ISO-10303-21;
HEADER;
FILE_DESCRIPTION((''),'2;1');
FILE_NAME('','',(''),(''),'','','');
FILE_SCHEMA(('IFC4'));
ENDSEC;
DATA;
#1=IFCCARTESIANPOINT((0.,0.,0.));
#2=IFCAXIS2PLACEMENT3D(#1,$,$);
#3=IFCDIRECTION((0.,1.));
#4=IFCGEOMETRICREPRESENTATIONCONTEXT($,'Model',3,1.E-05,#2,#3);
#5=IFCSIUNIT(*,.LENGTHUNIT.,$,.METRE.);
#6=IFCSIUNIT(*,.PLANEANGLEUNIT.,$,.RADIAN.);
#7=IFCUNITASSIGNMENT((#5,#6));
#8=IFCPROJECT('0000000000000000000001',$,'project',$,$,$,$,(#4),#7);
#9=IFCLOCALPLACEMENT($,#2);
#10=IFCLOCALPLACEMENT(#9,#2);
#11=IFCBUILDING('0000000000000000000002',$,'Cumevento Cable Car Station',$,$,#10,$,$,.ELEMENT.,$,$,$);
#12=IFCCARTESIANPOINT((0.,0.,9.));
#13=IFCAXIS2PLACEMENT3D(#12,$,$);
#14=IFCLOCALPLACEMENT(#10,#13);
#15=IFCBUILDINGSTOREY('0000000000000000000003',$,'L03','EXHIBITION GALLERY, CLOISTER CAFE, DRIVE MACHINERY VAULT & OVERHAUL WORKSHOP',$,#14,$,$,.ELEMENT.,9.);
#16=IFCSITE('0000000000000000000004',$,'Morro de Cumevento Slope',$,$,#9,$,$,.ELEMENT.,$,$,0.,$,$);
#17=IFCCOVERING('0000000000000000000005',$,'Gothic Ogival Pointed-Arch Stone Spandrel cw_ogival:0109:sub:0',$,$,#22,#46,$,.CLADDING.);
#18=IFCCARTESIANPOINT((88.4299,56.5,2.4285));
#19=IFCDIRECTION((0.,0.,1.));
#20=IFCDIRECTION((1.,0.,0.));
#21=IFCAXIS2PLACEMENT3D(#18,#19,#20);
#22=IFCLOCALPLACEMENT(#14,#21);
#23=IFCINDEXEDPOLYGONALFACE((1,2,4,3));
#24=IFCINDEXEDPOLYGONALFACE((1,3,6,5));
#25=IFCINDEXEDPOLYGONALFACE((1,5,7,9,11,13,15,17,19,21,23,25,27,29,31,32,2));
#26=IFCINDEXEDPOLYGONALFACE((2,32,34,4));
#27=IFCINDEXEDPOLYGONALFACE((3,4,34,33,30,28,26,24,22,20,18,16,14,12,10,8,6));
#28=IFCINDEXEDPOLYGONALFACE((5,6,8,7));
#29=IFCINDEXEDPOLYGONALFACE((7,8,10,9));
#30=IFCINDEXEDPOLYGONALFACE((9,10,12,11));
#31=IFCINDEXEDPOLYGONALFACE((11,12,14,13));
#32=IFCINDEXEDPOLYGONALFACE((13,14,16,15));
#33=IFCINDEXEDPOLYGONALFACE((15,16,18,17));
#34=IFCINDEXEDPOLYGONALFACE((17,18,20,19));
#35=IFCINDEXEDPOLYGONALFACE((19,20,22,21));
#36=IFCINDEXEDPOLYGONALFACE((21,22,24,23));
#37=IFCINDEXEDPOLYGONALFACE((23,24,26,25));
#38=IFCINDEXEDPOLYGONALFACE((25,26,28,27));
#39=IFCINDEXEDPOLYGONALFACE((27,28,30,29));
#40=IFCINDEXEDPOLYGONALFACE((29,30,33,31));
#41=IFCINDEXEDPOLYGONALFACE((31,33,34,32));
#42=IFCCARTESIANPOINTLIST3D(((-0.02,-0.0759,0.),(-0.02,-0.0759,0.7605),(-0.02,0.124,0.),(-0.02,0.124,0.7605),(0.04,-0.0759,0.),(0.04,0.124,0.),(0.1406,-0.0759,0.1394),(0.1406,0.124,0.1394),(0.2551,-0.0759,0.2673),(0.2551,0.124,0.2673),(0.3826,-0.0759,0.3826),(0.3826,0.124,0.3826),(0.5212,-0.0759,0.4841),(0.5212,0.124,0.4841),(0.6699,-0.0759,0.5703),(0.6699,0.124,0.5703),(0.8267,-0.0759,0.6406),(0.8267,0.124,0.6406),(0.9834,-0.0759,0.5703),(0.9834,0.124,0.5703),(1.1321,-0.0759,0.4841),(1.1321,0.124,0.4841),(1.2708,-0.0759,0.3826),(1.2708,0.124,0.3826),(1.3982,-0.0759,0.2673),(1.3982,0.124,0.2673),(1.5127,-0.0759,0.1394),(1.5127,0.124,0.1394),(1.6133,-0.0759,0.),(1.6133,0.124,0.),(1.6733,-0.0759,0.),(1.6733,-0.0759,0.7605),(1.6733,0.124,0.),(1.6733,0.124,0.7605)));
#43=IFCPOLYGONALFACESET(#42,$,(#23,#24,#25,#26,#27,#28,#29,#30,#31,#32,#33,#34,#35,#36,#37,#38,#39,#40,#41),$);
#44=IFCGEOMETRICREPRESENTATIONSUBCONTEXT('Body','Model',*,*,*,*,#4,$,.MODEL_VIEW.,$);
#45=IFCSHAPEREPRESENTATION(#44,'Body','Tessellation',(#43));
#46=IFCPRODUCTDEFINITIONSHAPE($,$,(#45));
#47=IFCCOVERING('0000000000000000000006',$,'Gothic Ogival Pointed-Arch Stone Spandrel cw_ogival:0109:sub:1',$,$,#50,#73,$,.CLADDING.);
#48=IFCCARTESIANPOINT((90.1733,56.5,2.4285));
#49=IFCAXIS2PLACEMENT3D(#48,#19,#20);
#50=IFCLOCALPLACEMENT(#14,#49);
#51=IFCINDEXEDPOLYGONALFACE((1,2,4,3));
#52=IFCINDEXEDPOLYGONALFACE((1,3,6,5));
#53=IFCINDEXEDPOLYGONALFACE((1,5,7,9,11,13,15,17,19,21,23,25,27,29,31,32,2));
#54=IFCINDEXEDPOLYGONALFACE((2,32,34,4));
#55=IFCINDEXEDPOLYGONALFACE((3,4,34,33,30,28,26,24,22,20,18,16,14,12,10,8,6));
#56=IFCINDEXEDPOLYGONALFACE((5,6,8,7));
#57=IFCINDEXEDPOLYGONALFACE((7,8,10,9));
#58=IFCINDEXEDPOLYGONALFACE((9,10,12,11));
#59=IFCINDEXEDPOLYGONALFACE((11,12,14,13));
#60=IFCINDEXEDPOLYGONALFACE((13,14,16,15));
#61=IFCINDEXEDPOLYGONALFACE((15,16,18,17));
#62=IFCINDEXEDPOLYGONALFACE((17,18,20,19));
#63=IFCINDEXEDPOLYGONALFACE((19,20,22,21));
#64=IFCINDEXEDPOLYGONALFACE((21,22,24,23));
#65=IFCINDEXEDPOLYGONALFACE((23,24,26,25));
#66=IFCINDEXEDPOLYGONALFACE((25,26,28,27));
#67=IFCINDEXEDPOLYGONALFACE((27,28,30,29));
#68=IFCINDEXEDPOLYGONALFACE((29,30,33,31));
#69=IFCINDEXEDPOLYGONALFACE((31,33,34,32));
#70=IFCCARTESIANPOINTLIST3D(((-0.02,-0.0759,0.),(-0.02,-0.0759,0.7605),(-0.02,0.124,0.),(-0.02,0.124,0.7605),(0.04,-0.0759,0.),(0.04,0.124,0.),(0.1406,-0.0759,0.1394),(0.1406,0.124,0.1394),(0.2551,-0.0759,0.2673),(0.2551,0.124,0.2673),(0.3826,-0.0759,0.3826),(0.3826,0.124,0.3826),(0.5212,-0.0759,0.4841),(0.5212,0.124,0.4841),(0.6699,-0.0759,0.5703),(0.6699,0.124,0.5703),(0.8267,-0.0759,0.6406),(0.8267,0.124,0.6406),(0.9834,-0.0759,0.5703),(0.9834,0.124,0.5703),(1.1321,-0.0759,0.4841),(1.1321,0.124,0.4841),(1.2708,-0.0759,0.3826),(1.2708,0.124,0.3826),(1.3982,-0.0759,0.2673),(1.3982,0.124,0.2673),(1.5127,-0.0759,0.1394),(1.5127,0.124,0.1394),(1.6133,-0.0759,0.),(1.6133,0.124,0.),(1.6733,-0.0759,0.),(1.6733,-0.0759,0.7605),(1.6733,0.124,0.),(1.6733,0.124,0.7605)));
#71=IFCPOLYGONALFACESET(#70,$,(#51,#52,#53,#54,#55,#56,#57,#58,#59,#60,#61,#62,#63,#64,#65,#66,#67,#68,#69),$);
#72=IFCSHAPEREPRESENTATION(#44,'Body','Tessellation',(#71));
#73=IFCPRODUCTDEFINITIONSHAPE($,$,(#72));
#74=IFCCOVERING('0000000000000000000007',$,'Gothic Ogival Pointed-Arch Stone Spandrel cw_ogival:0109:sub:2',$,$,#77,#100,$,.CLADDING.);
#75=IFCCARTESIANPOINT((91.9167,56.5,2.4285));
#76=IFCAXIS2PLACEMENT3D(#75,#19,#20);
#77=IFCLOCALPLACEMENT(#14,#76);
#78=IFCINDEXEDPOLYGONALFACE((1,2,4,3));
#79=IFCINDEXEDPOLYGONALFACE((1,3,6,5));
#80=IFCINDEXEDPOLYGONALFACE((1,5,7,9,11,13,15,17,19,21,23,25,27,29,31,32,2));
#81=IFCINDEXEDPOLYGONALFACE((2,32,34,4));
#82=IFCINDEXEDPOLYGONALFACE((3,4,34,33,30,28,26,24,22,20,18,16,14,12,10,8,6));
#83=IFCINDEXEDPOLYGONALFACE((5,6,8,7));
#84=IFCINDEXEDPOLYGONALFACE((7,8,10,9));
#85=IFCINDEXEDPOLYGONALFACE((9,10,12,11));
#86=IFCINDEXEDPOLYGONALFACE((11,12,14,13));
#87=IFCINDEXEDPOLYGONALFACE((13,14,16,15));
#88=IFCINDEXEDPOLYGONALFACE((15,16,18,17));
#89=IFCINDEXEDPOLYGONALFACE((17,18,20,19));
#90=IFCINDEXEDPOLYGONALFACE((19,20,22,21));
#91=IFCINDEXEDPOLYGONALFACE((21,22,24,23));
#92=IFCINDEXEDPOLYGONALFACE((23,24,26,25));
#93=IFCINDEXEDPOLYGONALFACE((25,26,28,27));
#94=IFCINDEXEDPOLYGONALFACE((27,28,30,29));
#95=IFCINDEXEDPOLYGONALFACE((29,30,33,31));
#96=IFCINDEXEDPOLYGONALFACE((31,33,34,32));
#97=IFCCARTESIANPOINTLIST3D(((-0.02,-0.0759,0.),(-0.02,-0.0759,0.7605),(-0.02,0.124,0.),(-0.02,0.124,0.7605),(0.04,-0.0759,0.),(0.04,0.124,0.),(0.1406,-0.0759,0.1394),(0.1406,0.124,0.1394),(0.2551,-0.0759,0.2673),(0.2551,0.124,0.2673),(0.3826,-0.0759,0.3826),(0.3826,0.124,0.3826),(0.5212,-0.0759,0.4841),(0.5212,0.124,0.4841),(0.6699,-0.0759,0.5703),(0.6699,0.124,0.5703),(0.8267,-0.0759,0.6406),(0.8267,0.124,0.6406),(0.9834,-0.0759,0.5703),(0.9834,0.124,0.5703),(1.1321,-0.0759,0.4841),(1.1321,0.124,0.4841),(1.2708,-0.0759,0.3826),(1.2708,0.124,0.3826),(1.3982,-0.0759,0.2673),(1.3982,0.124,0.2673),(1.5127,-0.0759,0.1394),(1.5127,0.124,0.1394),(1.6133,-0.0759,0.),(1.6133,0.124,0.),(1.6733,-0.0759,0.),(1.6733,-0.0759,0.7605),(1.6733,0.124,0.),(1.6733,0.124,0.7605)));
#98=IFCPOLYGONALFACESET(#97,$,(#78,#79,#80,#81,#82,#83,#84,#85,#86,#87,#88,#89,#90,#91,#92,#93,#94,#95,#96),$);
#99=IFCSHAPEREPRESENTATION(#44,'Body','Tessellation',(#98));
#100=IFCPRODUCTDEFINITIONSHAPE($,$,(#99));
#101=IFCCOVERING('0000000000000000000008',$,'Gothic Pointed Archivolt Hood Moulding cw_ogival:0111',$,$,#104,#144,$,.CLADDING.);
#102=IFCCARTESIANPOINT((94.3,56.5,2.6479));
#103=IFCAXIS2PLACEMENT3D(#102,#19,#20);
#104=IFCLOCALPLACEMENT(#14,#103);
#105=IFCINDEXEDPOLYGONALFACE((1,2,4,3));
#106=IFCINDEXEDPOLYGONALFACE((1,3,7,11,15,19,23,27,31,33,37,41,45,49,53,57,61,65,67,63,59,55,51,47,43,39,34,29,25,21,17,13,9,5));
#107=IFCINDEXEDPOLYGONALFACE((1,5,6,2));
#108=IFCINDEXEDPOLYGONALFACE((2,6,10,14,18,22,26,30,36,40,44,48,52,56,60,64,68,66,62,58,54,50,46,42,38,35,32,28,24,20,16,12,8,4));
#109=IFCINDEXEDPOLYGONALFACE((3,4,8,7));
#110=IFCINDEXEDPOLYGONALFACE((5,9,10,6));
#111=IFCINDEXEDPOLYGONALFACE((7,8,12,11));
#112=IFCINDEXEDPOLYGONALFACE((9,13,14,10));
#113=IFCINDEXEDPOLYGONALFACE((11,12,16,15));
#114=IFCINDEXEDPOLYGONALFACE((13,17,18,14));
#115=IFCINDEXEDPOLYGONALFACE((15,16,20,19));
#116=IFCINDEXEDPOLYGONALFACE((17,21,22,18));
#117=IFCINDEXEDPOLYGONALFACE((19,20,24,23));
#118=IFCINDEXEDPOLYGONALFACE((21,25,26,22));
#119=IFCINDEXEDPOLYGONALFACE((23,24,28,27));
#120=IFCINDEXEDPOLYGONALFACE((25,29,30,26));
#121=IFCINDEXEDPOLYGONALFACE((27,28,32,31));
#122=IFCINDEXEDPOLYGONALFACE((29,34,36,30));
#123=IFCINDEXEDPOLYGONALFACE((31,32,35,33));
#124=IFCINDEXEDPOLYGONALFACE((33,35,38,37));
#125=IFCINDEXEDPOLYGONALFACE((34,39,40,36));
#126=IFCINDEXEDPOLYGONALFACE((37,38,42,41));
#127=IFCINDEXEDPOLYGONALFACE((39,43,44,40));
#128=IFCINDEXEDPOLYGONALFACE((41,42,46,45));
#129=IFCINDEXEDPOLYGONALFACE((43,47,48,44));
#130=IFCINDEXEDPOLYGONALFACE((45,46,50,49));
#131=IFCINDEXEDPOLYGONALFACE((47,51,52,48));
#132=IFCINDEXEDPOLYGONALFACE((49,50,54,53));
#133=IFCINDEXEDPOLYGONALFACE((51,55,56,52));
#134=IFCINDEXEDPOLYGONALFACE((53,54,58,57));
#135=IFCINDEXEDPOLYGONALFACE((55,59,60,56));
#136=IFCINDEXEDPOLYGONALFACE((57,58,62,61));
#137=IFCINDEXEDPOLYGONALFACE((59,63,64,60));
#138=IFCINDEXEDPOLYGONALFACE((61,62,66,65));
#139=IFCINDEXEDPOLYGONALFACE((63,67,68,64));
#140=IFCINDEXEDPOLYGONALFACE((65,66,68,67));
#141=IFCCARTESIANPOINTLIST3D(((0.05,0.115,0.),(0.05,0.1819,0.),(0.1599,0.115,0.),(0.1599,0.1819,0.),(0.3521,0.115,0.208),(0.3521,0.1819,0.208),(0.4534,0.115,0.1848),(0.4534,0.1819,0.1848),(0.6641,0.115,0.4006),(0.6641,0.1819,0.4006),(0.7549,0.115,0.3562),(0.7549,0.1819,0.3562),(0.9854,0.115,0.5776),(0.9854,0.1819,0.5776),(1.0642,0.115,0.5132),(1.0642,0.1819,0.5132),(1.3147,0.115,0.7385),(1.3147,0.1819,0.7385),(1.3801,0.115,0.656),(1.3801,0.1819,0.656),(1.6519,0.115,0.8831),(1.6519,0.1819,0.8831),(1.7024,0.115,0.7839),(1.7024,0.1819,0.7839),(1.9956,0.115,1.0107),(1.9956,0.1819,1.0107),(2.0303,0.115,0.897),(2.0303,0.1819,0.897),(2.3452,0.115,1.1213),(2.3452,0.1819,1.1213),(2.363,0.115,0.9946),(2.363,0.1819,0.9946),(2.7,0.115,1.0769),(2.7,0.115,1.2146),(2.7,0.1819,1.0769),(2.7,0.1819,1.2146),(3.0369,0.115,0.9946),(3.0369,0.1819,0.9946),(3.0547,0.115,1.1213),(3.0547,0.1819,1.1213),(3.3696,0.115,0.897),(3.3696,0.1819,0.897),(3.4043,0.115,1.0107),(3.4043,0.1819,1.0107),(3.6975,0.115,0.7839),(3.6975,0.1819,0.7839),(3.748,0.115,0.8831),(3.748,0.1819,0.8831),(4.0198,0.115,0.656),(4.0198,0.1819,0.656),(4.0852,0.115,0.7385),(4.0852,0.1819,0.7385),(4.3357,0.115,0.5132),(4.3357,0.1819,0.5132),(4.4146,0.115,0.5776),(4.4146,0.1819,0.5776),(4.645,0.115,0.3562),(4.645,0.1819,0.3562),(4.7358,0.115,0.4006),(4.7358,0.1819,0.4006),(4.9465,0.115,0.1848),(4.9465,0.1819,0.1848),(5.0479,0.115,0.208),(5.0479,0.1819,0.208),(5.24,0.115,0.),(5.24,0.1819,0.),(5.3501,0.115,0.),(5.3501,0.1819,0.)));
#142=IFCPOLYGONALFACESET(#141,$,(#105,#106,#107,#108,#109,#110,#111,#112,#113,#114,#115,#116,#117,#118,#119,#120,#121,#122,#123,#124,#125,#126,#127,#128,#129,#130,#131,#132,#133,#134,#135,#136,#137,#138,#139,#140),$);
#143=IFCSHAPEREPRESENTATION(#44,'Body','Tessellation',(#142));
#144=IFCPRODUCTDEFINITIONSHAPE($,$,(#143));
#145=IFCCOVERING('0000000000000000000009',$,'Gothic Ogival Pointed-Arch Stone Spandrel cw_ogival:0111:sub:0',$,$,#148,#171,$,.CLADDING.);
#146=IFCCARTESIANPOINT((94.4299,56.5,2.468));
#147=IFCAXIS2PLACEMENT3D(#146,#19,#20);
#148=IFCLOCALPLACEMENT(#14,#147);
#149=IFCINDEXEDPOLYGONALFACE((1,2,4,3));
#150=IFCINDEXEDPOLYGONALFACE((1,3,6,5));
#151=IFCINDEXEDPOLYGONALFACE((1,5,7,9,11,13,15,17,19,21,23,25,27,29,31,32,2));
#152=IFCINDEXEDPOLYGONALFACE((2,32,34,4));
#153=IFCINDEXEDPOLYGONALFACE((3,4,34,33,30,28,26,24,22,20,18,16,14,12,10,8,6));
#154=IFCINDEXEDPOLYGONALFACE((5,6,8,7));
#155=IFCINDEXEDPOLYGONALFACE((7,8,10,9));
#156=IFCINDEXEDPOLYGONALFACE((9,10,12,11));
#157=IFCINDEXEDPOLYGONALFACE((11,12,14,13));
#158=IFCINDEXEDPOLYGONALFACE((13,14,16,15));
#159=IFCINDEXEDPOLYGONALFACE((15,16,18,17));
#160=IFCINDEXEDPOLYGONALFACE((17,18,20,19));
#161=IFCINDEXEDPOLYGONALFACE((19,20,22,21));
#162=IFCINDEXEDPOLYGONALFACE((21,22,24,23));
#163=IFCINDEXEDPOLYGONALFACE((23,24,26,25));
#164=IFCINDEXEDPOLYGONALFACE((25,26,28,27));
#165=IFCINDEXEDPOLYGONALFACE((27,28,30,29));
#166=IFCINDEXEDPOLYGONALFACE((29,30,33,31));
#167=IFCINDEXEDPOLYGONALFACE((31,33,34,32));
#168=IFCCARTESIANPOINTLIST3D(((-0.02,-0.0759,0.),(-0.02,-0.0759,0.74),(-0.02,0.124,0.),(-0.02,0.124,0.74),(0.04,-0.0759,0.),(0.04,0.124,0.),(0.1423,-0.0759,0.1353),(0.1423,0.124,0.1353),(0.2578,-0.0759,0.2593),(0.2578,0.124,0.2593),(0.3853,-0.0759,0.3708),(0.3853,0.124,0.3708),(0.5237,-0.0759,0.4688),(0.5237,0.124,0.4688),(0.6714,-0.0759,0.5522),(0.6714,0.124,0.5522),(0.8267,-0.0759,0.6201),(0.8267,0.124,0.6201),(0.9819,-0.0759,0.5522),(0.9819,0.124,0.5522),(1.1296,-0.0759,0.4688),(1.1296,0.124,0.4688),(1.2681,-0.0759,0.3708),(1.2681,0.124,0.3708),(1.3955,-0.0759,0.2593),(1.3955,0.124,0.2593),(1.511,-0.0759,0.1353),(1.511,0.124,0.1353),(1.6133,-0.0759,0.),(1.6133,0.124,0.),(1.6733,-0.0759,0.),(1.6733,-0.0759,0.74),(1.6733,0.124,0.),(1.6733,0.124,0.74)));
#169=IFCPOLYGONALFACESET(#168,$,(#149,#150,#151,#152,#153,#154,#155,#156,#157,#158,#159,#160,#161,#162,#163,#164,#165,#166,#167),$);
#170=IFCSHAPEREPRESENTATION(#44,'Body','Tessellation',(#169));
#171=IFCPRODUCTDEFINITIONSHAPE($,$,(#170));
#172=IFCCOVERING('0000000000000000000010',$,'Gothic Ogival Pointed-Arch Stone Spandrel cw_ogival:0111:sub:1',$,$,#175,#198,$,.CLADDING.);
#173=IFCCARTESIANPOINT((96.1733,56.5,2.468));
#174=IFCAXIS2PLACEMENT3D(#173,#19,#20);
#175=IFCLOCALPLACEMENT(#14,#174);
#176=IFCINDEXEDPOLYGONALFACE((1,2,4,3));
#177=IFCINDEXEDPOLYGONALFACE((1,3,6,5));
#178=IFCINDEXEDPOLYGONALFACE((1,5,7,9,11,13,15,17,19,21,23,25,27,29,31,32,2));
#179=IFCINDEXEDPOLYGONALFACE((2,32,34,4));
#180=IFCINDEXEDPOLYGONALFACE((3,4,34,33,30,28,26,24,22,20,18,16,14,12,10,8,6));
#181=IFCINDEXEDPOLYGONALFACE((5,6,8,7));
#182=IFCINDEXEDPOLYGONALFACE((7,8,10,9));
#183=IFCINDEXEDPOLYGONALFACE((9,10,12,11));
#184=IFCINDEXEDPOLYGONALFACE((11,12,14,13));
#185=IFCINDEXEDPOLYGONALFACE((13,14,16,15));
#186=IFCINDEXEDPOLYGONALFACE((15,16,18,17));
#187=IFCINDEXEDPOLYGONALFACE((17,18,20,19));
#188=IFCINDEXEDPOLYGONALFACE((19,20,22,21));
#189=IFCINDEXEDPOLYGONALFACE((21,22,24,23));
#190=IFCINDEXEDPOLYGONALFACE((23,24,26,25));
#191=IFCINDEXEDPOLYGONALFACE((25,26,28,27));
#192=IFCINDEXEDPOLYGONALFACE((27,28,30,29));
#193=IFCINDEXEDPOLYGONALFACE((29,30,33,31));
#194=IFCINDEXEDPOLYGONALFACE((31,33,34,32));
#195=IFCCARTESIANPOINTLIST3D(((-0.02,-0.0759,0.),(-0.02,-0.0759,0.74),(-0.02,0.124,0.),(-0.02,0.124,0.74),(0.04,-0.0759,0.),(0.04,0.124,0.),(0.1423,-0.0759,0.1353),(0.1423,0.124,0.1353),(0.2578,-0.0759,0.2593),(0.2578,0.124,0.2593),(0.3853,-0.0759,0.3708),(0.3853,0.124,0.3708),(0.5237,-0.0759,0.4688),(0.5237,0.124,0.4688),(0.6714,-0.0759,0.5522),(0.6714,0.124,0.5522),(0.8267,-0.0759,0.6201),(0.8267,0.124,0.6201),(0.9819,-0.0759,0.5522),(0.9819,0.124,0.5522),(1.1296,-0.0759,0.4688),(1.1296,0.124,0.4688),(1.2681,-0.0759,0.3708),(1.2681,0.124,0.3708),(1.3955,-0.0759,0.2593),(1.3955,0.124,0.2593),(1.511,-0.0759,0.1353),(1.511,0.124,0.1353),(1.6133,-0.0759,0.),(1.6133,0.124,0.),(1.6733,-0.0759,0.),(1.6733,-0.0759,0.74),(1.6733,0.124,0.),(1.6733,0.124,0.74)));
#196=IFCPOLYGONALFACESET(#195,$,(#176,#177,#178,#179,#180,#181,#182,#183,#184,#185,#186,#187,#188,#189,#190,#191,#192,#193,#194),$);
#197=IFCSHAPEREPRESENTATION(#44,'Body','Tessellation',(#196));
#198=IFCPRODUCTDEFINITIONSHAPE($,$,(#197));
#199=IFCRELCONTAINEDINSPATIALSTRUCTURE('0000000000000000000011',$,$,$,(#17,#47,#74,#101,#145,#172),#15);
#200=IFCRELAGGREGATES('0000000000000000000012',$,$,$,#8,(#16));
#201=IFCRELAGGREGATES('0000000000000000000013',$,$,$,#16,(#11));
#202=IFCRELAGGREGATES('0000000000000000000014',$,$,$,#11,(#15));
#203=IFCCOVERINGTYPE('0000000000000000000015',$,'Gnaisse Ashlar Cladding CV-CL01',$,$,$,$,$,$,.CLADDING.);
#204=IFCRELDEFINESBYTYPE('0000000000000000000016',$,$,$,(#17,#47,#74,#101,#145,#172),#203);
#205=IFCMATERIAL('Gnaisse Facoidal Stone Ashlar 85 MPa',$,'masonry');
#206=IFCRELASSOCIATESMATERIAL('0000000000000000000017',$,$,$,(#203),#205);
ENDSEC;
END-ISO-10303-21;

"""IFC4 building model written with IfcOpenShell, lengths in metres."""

from ifc_helpers import new_model, si_unit, direction, frame, origin, place, context, subcontext, project, spatial, polyline, outline, extrude, material, type_object, element, save


model = new_model("IFC4")

# Units and contexts
model_context = context("Model", 3, precision=1e-05, world=origin(), true_north=direction((0.0, 1.0)))
body_context = subcontext(model_context, "Body", "Model", "MODEL_VIEW")
ifc_project = project(units=[si_unit("LENGTHUNIT", "METRE"), si_unit("PLANEANGLEUNIT", "RADIAN")], contexts=[model_context])

# Site, building, storey
site_placement = place(None, origin())
site = spatial("IfcSite", under=ifc_project, at=site_placement, Name="Morro de Cumevento Slope", CompositionType="ELEMENT", RefElevation=0.0)
building_placement = place(site_placement, origin())
building = spatial("IfcBuilding", under=site, at=building_placement, Name="Cumevento Cable Car Station", CompositionType="ELEMENT")
storey_placement = place(building_placement, frame((0.0, 0.0, 9.0)))
storey = spatial("IfcBuildingStorey", under=building, at=storey_placement, Name="L03", Description="EXHIBITION GALLERY, CLOISTER CAFE, DRIVE MACHINERY VAULT & OVERHAUL WORKSHOP", CompositionType="ELEMENT", Elevation=9.0)

# Coverings
ifc_material_1 = material(Name="Gnaisse Facoidal Stone Ashlar 85 MPa", Category="masonry")
covering_type = type_object("IfcCoveringType", Name="Gnaisse Ashlar Cladding CV-CL01", PredefinedType="CLADDING", material=ifc_material_1)
for number, where, z_axis, x_axis, name in (
    (1, (88.4299, 56.5, 2.4285), (0.0, 0.0, 1.0), (1.0, 0.0, 0.0), "Gothic Ogival Pointed-Arch Stone Spandrel cw_ogival:0109:sub:0"),
    (2, (90.1733, 56.5, 2.4285), (0.0, 0.0, 1.0), (1.0, 0.0, 0.0), "Gothic Ogival Pointed-Arch Stone Spandrel cw_ogival:0109:sub:1"),
    (3, (91.9167, 56.5, 2.4285), (0.0, 0.0, 1.0), (1.0, 0.0, 0.0), "Gothic Ogival Pointed-Arch Stone Spandrel cw_ogival:0109:sub:2"),
):
    element("IfcCovering", number, at=place(storey_placement, frame(where, z_axis=z_axis, x_axis=x_axis)), inside=storey, type_object=covering_type, Name=name, PredefinedType="CLADDING", context=body_context, shape_type="SweptSolid", body=[
        extrude(outline(polyline([(-0.02, 0.0), (-0.02, 0.7605), (1.6733, 0.7605), (1.6733, 0.0), (1.6133, 0.0), (1.5127, 0.1394), (1.3982, 0.2673), (1.2708, 0.3826), (1.1321, 0.4841), (0.9834, 0.5703), (0.8267, 0.6406), (0.6699, 0.5703), (0.5212, 0.4841), (0.3826, 0.3826), (0.2551, 0.2673), (0.1406, 0.1394), (0.04, 0.0), (-0.02, 0.0)])), frame((0.0, 0.124, 0.0), z_axis=(0.0, -1.0, 0.0), x_axis=(1.0, 0.0, 0.0)), (0.0, 0.0, 1.0), 0.2),
    ])
covering_1_placement = place(storey_placement, frame((94.3, 56.5, 2.6479), z_axis=(0.0, 0.0, 1.0), x_axis=(1.0, 0.0, 0.0)))
element("IfcCovering", 4, at=covering_1_placement, inside=storey, type_object=covering_type, Name="Gothic Pointed Archivolt Hood Moulding cw_ogival:0111", PredefinedType="CLADDING", context=body_context, shape_type="SweptSolid", body=[
    extrude(outline(polyline([(0.1599, 0.0), (0.4534, 0.1848), (0.7549, 0.3562), (1.0642, 0.5132), (1.3801, 0.656), (1.7024, 0.7839), (2.0303, 0.897), (2.363, 0.9946), (2.7, 1.0769), (3.0369, 0.9946), (3.3696, 0.897), (3.6975, 0.7839), (4.0198, 0.656), (4.3357, 0.5132), (4.645, 0.3562), (4.9465, 0.1848), (5.24, 0.0), (5.3501, 0.0), (5.0479, 0.208), (4.7358, 0.4006), (4.4146, 0.5776), (4.0852, 0.7385), (3.748, 0.8831), (3.4043, 1.0107), (3.0547, 1.1213), (2.7, 1.2146), (2.3452, 1.1213), (1.9956, 1.0107), (1.6519, 0.8831), (1.3147, 0.7385), (0.9854, 0.5776), (0.6641, 0.4006), (0.3521, 0.208), (0.05, 0.0), (0.1599, 0.0)])), frame((0.0, 0.1819, 0.0), z_axis=(0.0, -1.0, 0.0), x_axis=(1.0, 0.0, 0.0)), (0.0, 0.0, 1.0), 0.0669),
])
for number, where, z_axis, x_axis, name in (
    (5, (94.4299, 56.5, 2.468), (0.0, 0.0, 1.0), (1.0, 0.0, 0.0), "Gothic Ogival Pointed-Arch Stone Spandrel cw_ogival:0111:sub:0"),
    (6, (96.1733, 56.5, 2.468), (0.0, 0.0, 1.0), (1.0, 0.0, 0.0), "Gothic Ogival Pointed-Arch Stone Spandrel cw_ogival:0111:sub:1"),
):
    element("IfcCovering", number, at=place(storey_placement, frame(where, z_axis=z_axis, x_axis=x_axis)), inside=storey, type_object=covering_type, Name=name, PredefinedType="CLADDING", context=body_context, shape_type="SweptSolid", body=[
        extrude(outline(polyline([(-0.02, 0.0), (-0.02, 0.74), (1.6733, 0.74), (1.6733, 0.0), (1.6133, 0.0), (1.511, 0.1353), (1.3955, 0.2593), (1.2681, 0.3708), (1.1296, 0.4688), (0.9819, 0.5522), (0.8267, 0.6201), (0.6714, 0.5522), (0.5237, 0.4688), (0.3853, 0.3708), (0.2578, 0.2593), (0.1423, 0.1353), (0.04, 0.0), (-0.02, 0.0)])), frame((0.0, 0.124, 0.0), z_axis=(0.0, -1.0, 0.0), x_axis=(1.0, 0.0, 0.0)), (0.0, 0.0, 1.0), 0.2),
    ])

save(model, "model.ifc")
